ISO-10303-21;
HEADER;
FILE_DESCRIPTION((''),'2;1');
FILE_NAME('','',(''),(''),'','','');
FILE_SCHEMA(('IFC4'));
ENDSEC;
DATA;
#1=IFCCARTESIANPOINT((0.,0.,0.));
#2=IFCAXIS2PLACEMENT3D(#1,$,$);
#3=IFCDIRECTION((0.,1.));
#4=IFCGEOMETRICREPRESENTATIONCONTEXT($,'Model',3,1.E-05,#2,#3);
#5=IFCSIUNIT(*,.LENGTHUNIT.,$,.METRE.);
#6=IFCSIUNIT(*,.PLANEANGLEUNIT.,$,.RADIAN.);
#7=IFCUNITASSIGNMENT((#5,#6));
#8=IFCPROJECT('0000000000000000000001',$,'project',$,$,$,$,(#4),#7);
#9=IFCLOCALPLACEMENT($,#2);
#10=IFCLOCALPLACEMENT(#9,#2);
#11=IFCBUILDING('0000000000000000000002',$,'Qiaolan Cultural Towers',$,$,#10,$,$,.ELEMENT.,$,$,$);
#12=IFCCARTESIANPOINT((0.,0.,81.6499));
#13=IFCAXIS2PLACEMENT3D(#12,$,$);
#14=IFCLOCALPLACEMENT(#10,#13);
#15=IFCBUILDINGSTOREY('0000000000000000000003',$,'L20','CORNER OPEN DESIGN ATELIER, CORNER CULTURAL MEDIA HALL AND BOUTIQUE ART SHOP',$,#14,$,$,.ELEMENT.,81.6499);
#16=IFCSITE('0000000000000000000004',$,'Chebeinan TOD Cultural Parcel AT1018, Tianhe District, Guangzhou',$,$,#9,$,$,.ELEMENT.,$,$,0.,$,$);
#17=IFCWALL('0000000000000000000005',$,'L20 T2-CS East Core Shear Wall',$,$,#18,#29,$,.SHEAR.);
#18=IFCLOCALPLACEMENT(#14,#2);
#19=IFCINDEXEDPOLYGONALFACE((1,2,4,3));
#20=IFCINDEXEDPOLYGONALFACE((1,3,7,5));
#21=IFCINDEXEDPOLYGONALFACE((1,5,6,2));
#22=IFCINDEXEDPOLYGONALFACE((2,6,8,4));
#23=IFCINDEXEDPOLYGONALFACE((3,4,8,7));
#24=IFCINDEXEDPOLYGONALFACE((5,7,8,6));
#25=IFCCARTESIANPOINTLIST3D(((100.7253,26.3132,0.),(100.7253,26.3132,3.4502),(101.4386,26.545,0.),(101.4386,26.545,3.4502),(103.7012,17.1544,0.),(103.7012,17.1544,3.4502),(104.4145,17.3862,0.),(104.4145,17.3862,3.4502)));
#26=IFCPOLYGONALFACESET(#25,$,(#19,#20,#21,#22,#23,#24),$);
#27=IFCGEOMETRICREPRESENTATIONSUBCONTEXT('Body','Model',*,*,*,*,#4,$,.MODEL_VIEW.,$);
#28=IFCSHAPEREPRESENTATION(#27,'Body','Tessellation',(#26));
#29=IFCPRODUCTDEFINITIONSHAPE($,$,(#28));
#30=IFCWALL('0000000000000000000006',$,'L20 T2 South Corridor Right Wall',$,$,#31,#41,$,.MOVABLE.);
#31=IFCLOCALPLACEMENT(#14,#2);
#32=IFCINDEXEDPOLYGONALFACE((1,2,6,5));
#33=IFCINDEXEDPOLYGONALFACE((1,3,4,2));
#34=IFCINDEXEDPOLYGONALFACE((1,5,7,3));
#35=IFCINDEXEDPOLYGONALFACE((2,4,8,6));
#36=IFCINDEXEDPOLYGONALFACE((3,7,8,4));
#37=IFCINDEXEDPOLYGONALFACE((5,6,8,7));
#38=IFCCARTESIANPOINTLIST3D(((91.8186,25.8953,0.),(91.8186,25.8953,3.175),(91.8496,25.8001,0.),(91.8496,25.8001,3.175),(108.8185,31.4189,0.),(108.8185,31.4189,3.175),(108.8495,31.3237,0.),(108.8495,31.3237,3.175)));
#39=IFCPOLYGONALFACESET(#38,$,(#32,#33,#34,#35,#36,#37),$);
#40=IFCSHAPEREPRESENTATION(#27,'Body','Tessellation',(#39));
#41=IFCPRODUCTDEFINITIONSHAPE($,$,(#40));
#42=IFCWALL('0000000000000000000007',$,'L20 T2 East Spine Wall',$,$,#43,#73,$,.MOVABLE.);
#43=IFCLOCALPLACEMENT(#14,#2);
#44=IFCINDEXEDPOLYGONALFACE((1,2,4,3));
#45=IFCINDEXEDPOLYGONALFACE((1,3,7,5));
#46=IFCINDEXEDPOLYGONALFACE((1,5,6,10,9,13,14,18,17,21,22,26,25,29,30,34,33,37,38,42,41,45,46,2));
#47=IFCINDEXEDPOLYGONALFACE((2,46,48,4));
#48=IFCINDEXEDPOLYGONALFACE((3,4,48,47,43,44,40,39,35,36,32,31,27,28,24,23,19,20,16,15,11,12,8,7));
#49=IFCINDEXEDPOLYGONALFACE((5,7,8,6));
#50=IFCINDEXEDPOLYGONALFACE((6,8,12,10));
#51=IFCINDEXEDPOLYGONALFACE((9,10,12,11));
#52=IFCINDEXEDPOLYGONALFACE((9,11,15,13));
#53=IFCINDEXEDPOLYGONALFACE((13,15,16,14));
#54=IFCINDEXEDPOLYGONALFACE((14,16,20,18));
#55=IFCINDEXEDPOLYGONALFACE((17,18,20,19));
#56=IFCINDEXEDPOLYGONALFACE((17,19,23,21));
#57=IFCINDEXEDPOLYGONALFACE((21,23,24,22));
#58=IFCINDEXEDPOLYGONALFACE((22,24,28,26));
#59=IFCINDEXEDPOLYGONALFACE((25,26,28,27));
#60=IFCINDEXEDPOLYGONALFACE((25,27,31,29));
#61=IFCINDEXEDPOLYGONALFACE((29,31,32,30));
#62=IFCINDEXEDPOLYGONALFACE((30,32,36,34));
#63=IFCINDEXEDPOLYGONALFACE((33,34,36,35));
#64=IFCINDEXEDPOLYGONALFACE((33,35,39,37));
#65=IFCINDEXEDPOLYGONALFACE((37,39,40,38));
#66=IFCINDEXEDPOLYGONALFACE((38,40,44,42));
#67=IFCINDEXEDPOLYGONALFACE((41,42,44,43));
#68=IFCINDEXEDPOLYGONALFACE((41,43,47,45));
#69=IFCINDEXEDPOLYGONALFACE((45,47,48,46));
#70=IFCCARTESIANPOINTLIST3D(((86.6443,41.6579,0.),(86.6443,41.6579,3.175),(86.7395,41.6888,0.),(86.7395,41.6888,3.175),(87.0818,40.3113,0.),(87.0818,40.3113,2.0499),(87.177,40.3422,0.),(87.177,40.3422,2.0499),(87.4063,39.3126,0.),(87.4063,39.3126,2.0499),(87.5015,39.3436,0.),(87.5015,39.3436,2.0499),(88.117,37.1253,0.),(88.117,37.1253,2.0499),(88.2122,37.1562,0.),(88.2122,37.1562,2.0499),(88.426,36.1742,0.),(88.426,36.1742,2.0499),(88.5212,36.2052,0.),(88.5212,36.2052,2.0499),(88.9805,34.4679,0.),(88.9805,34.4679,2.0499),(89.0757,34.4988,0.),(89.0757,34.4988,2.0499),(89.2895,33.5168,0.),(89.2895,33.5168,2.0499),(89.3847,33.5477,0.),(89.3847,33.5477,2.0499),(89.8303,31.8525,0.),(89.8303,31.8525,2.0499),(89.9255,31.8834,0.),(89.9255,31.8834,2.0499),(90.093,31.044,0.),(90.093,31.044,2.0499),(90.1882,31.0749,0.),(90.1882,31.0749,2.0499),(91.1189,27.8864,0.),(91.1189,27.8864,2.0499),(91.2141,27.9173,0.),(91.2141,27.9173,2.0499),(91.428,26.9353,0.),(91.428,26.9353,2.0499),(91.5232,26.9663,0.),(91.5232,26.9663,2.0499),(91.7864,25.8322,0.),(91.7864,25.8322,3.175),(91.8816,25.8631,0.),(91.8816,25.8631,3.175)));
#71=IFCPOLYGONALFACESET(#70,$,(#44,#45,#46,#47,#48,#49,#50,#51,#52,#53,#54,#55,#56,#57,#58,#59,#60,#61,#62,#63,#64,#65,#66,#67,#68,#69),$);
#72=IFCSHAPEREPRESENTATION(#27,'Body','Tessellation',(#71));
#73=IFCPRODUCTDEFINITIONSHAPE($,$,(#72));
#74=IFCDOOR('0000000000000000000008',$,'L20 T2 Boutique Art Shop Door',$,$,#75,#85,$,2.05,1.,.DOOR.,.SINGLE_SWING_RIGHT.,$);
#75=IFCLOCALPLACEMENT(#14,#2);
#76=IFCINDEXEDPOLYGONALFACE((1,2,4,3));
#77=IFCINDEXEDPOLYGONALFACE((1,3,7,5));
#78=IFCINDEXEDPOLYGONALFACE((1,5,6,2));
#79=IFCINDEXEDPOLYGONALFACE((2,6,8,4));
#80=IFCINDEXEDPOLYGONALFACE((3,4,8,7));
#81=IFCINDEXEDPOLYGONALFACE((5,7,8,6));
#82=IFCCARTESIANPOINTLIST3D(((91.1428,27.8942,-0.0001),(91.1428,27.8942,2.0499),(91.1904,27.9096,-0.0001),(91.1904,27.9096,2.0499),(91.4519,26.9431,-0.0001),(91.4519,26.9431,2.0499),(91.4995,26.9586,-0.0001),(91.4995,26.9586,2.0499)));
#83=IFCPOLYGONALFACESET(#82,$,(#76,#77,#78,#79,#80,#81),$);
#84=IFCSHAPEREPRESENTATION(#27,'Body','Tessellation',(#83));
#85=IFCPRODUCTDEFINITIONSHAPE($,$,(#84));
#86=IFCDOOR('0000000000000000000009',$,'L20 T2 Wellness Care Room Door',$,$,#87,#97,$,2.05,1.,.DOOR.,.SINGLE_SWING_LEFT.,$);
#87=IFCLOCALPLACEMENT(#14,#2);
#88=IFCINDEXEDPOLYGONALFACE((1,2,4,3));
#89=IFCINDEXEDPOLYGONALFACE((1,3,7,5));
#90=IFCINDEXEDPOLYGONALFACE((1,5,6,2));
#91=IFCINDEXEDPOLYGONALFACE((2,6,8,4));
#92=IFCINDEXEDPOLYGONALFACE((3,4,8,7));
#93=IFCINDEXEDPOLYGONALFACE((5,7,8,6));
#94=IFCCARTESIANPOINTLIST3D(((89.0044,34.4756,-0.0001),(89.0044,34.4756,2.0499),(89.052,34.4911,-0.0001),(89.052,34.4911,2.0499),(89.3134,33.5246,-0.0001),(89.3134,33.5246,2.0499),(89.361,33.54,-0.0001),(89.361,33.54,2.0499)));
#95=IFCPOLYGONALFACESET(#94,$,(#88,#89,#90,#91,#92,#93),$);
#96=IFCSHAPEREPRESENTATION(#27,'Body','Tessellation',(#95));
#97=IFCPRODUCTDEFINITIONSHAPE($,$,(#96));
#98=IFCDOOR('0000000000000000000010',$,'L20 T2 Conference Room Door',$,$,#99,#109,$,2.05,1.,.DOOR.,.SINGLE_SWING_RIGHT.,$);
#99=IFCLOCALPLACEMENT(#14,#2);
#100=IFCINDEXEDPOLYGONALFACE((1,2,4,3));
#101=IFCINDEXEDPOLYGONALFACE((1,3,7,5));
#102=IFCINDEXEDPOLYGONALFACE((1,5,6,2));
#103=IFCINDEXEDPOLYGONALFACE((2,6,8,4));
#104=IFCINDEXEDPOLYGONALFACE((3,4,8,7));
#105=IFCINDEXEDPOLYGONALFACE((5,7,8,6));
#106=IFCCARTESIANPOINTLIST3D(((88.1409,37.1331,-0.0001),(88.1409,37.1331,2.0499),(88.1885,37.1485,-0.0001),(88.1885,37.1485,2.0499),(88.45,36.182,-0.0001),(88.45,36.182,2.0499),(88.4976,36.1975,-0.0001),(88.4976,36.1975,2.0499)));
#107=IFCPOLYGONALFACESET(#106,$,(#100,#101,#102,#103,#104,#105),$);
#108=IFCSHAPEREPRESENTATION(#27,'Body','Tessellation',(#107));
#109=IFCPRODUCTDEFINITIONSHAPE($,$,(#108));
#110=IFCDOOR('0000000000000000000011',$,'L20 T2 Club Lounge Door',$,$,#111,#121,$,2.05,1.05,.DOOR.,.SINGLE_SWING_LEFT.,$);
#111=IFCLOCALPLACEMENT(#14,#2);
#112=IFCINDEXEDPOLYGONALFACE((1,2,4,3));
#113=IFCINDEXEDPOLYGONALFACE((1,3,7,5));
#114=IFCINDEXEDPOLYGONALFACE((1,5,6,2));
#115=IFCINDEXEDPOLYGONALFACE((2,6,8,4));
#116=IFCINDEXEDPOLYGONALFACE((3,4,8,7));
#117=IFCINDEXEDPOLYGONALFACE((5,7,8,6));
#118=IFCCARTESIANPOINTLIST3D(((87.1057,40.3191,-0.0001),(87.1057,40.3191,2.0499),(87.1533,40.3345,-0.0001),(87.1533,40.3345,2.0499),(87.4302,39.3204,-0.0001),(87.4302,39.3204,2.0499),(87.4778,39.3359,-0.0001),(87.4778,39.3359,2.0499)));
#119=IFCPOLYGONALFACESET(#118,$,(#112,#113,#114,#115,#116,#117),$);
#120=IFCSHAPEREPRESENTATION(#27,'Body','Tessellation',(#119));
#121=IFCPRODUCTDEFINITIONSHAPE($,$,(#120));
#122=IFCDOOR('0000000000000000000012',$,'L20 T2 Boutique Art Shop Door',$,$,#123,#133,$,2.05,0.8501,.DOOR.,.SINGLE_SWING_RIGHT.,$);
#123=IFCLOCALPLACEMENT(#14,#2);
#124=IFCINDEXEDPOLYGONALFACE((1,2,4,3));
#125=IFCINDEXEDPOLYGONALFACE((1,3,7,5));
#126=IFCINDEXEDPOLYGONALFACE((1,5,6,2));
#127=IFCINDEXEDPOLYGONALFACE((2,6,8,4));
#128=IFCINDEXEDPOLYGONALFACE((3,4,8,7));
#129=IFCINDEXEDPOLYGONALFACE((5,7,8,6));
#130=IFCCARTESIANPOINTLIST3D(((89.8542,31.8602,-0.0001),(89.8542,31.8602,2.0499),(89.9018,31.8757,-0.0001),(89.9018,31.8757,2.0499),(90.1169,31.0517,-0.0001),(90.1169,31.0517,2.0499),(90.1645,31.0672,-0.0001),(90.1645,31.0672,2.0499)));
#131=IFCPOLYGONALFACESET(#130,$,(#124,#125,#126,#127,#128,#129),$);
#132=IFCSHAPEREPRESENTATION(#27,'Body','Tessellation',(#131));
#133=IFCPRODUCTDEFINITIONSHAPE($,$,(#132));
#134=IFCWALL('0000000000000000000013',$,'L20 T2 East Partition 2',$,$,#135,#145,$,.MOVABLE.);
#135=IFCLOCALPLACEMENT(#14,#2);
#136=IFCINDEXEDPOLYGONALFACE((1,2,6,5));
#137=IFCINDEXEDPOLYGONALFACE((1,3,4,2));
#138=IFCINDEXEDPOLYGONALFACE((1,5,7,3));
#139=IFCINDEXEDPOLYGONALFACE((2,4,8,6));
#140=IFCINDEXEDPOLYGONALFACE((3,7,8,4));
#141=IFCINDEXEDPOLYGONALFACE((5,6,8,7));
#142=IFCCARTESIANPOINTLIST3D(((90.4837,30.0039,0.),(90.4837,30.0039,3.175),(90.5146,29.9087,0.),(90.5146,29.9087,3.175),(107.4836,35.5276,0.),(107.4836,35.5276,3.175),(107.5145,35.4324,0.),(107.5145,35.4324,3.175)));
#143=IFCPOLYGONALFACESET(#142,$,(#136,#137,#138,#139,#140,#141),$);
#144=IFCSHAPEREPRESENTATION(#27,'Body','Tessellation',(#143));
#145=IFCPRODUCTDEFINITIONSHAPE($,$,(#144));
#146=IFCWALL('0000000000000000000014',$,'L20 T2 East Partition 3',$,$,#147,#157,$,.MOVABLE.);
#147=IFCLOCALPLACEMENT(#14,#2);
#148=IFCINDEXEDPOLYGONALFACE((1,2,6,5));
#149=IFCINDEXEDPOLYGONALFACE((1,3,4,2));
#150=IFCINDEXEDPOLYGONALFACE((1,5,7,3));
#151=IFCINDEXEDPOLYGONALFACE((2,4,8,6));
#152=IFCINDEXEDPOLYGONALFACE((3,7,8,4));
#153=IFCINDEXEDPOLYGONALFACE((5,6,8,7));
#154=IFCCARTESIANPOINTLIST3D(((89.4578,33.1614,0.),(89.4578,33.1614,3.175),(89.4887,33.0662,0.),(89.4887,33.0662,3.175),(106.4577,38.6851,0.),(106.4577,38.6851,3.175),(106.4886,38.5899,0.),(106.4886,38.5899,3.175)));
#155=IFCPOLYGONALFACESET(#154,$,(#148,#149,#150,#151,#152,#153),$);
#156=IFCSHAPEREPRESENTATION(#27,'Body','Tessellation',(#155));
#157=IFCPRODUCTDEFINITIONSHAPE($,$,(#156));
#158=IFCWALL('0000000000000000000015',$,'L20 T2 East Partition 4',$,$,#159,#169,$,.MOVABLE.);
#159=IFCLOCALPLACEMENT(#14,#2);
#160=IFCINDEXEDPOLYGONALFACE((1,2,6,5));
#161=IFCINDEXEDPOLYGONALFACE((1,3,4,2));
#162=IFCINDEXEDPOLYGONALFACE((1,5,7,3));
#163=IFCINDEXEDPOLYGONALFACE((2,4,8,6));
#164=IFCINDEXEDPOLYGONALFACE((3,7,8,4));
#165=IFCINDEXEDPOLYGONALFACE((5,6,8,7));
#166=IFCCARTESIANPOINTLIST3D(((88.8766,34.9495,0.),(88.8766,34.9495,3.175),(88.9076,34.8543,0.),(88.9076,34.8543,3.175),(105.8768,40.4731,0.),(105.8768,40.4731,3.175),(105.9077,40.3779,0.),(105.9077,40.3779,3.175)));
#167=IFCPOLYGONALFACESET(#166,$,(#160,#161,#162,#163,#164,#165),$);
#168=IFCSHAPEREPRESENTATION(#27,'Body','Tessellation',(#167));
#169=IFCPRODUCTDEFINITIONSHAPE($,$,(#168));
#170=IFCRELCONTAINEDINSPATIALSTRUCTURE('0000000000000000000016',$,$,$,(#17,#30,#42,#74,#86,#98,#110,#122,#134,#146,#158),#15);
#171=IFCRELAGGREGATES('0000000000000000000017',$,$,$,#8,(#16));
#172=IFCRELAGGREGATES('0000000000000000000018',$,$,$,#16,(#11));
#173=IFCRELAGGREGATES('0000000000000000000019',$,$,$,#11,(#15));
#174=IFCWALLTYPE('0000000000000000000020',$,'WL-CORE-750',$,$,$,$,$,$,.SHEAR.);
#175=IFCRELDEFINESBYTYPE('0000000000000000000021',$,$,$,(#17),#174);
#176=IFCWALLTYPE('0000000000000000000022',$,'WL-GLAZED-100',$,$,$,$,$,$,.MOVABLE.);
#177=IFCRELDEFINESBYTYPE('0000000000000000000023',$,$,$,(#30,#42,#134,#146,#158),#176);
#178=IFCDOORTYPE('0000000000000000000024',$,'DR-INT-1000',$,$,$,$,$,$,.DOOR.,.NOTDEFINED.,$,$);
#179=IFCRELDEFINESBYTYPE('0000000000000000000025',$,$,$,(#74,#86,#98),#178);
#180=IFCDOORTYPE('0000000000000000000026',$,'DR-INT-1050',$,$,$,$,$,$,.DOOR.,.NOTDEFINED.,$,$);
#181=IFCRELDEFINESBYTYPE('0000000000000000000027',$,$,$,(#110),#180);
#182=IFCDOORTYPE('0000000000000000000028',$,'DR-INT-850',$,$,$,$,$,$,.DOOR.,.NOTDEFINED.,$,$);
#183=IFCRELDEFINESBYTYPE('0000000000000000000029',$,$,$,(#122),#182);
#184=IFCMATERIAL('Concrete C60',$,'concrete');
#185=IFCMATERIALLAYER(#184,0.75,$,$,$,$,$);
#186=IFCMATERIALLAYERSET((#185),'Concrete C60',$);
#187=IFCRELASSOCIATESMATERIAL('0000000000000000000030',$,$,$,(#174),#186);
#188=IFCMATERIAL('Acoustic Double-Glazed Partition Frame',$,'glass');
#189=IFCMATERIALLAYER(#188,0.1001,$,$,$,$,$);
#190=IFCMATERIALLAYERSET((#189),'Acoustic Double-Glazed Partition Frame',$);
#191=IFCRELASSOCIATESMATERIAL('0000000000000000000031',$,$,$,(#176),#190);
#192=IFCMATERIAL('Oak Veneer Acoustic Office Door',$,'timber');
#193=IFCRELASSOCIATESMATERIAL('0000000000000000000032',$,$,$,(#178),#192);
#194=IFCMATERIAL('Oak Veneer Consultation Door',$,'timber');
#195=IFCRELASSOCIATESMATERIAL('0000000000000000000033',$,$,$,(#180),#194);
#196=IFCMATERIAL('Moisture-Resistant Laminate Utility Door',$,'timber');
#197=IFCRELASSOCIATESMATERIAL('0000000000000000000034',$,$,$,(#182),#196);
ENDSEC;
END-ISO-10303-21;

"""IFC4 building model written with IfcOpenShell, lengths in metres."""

from ifc_helpers import new_model, si_unit, direction, frame, frame_2d, origin, place, context, subcontext, project, spatial, rectangle, extrude, material, layer, layer_set, type_object, element, fill, save


model = new_model("IFC4")

# Units and contexts
model_context = context("Model", 3, precision=1e-05, world=origin(), true_north=direction((0.0, 1.0)))
body_context = subcontext(model_context, "Body", "Model", "MODEL_VIEW")
ifc_project = project(units=[si_unit("LENGTHUNIT", "METRE"), si_unit("PLANEANGLEUNIT", "RADIAN")], contexts=[model_context])

# Site, building, storey
site_placement = place(None, origin())
site = spatial("IfcSite", under=ifc_project, at=site_placement, Name="Chebeinan TOD Cultural Parcel AT1018, Tianhe District, Guangzhou", CompositionType="ELEMENT", RefElevation=0.0)
building_placement = place(site_placement, origin())
building = spatial("IfcBuilding", under=site, at=building_placement, Name="Qiaolan Cultural Towers", CompositionType="ELEMENT")
storey_placement = place(building_placement, frame((0.0, 0.0, 81.6499)))
storey = spatial("IfcBuildingStorey", under=building, at=storey_placement, Name="L20", Description="CORNER OPEN DESIGN ATELIER, CORNER CULTURAL MEDIA HALL AND BOUTIQUE ART SHOP", CompositionType="ELEMENT", Elevation=81.6499)

# Walls
ifc_material_1 = material(Name="Concrete C60", Category="concrete")
ifc_layer_1 = layer(ifc_material_1, 0.75)
ifc_layer_set_1 = layer_set([ifc_layer_1], Name="Concrete C60")
wall_type_1 = type_object("IfcWallType", Name="WL-CORE-750", PredefinedType="SHEAR", material=ifc_layer_set_1)
wall_1_placement = place(storey_placement, frame((101.082, 26.429, 0.0), z_axis=(0.0, 0.0, 1.0), x_axis=(0.309016, -0.951057, 0.0)))
element("IfcWall", 1, at=wall_1_placement, inside=storey, type_object=wall_type_1, Name="L20 T2-CS East Core Shear Wall", PredefinedType="SHEAR", context=body_context, shape_type="SweptSolid", body=[
    extrude(rectangle(XDim=9.6301, YDim=0.75, at=frame_2d((4.8149, 0.0))), origin(), (0.0, 0.0, 1.0), 3.4502),
])
ifc_material_2 = material(Name="Acoustic Double-Glazed Partition Frame", Category="glass")
ifc_layer_2 = layer(ifc_material_2, 0.1001)
ifc_layer_set_2 = layer_set([ifc_layer_2], Name="Acoustic Double-Glazed Partition Frame")
wall_type_2 = type_object("IfcWallType", Name="WL-GLAZED-100", PredefinedType="MOVABLE", material=ifc_layer_set_2)
wall_2_placement = place(storey_placement, frame((91.834, 25.8477, 0.0), z_axis=(0.0, 0.0, 1.0), x_axis=(0.951056, 0.309019, 0.0)))
element("IfcWall", 2, at=wall_2_placement, inside=storey, type_object=wall_type_2, Name="L20 T2 South Corridor Right Wall", PredefinedType="MOVABLE", context=body_context, shape_type="SweptSolid", body=[
    extrude(rectangle(XDim=17.8748, YDim=0.1001, at=frame_2d((8.9375, 0.0))), origin(), (0.0, 0.0, 1.0), 3.175),
])

# Wall, openings, doors
wall_3_placement = place(storey_placement, frame((91.834, 25.8477, 0.0), z_axis=(0.0, 0.0, 1.0), x_axis=(-0.309018, 0.951056, 0.0)))
wall_3 = element("IfcWall", 3, at=wall_3_placement, inside=storey, type_object=wall_type_2, Name="L20 T2 East Spine Wall", PredefinedType="MOVABLE", context=body_context, shape_type="SweptSolid", body=[
    extrude(rectangle(XDim=16.6401, YDim=0.1001, at=frame_2d((8.3201, 0.0))), origin(), (0.0, 0.0, 1.0), 3.175),
])
opening_1_placement = place(wall_3_placement, frame((1.1599, 0.0, 0.0)))
opening_1 = element("IfcOpeningElement", 4, at=opening_1_placement, cuts=wall_3, PredefinedType="OPENING", context=body_context, shape_type="SweptSolid", body=[
    extrude(rectangle(XDim=1.0, YDim=2.05, at=frame_2d((0.5, 1.0249))), frame((0.0, 0.0601, 0.0), z_axis=(0.0, -1.0, 0.0), x_axis=(1.0, 0.0, 0.0)), (0.0, 0.0, 1.0), 0.1201),
])
opening_2_placement = place(wall_3_placement, frame((5.48, 0.0, 0.0)))
opening_2 = element("IfcOpeningElement", 5, at=opening_2_placement, cuts=wall_3, PredefinedType="OPENING", context=body_context, shape_type="SweptSolid", body=[
    extrude(rectangle(XDim=0.8501, YDim=2.05, at=frame_2d((0.425, 1.0249))), frame((0.0, 0.0601, 0.0), z_axis=(0.0, -1.0, 0.0), x_axis=(1.0, 0.0, 0.0)), (0.0, 0.0, 1.0), 0.1201),
])
opening_3_placement = place(wall_3_placement, frame((8.0801, 0.0, 0.0)))
opening_3 = element("IfcOpeningElement", 6, at=opening_3_placement, cuts=wall_3, PredefinedType="OPENING", context=body_context, shape_type="SweptSolid", body=[
    extrude(rectangle(XDim=1.0, YDim=2.05, at=frame_2d((0.5, 1.0249))), frame((0.0, 0.0601, 0.0), z_axis=(0.0, -1.0, 0.0), x_axis=(1.0, 0.0, 0.0)), (0.0, 0.0, 1.0), 0.1201),
])
opening_4_placement = place(wall_3_placement, frame((10.8743, 0.0, 0.0)))
opening_4 = element("IfcOpeningElement", 7, at=opening_4_placement, cuts=wall_3, PredefinedType="OPENING", context=body_context, shape_type="SweptSolid", body=[
    extrude(rectangle(XDim=1.0, YDim=2.05, at=frame_2d((0.5, 1.0249))), frame((0.0, 0.0601, 0.0), z_axis=(0.0, -1.0, 0.0), x_axis=(1.0, 0.0, 0.0)), (0.0, 0.0, 1.0), 0.1201),
])
opening_5_placement = place(wall_3_placement, frame((14.1743, 0.0, 0.0)))
opening_5 = element("IfcOpeningElement", 8, at=opening_5_placement, cuts=wall_3, PredefinedType="OPENING", context=body_context, shape_type="SweptSolid", body=[
    extrude(rectangle(XDim=1.05, YDim=2.05, at=frame_2d((0.5249, 1.0249))), frame((0.0, 0.0601, 0.0), z_axis=(0.0, -1.0, 0.0), x_axis=(1.0, 0.0, 0.0)), (0.0, 0.0, 1.0), 0.1201),
])
ifc_material_3 = material(Name="Oak Veneer Acoustic Office Door", Category="timber")
door_type_1 = type_object("IfcDoorType", Name="DR-INT-1000", OperationType="NOTDEFINED", PredefinedType="DOOR", material=ifc_material_3)
door_1_placement = place(opening_1_placement, origin())
door_1 = element("IfcDoor", 9, at=door_1_placement, inside=storey, type_object=door_type_1, Name="L20 T2 Boutique Art Shop Door", OperationType="SINGLE_SWING_RIGHT", OverallHeight=2.05, OverallWidth=1.0, PredefinedType="DOOR", context=body_context, shape_type="SweptSolid", body=[
    extrude(rectangle(XDim=1.0, YDim=2.05, at=frame_2d((0.5, 1.0249))), frame((0.0, 0.0249, 0.0), z_axis=(0.0, -1.0, 0.0), x_axis=(1.0, 0.0, 0.0)), (0.0, 0.0, 1.0), 0.05),
])
fill(opening_1, door_1)
door_2_placement = place(opening_3_placement, origin())
door_2 = element("IfcDoor", 10, at=door_2_placement, inside=storey, type_object=door_type_1, Name="L20 T2 Wellness Care Room Door", OperationType="SINGLE_SWING_LEFT", OverallHeight=2.05, OverallWidth=1.0, PredefinedType="DOOR", context=body_context, shape_type="SweptSolid", body=[
    extrude(rectangle(XDim=1.0, YDim=2.05, at=frame_2d((0.5, 1.0249))), frame((0.0, 0.0249, 0.0), z_axis=(0.0, -1.0, 0.0), x_axis=(1.0, 0.0, 0.0)), (0.0, 0.0, 1.0), 0.05),
])
fill(opening_3, door_2)
door_3_placement = place(opening_4_placement, origin())
door_3 = element("IfcDoor", 11, at=door_3_placement, inside=storey, type_object=door_type_1, Name="L20 T2 Conference Room Door", OperationType="SINGLE_SWING_RIGHT", OverallHeight=2.05, OverallWidth=1.0, PredefinedType="DOOR", context=body_context, shape_type="SweptSolid", body=[
    extrude(rectangle(XDim=1.0, YDim=2.05, at=frame_2d((0.5, 1.0249))), frame((0.0, 0.0249, 0.0), z_axis=(0.0, -1.0, 0.0), x_axis=(1.0, 0.0, 0.0)), (0.0, 0.0, 1.0), 0.05),
])
fill(opening_4, door_3)
ifc_material_4 = material(Name="Oak Veneer Consultation Door", Category="timber")
door_type_2 = type_object("IfcDoorType", Name="DR-INT-1050", OperationType="NOTDEFINED", PredefinedType="DOOR", material=ifc_material_4)
door_4_placement = place(opening_5_placement, origin())
door_4 = element("IfcDoor", 12, at=door_4_placement, inside=storey, type_object=door_type_2, Name="L20 T2 Club Lounge Door", OperationType="SINGLE_SWING_LEFT", OverallHeight=2.05, OverallWidth=1.05, PredefinedType="DOOR", context=body_context, shape_type="SweptSolid", body=[
    extrude(rectangle(XDim=1.05, YDim=2.05, at=frame_2d((0.5249, 1.0249))), frame((0.0, 0.0249, 0.0), z_axis=(0.0, -1.0, 0.0), x_axis=(1.0, 0.0, 0.0)), (0.0, 0.0, 1.0), 0.05),
])
fill(opening_5, door_4)
ifc_material_5 = material(Name="Moisture-Resistant Laminate Utility Door", Category="timber")
door_type_3 = type_object("IfcDoorType", Name="DR-INT-850", OperationType="NOTDEFINED", PredefinedType="DOOR", material=ifc_material_5)
door_5_placement = place(opening_2_placement, origin())
door_5 = element("IfcDoor", 13, at=door_5_placement, inside=storey, type_object=door_type_3, Name="L20 T2 Boutique Art Shop Door", OperationType="SINGLE_SWING_RIGHT", OverallHeight=2.05, OverallWidth=0.8501, PredefinedType="DOOR", context=body_context, shape_type="SweptSolid", body=[
    extrude(rectangle(XDim=0.8501, YDim=2.05, at=frame_2d((0.425, 1.0249))), frame((0.0, 0.0249, 0.0), z_axis=(0.0, -1.0, 0.0), x_axis=(1.0, 0.0, 0.0)), (0.0, 0.0, 1.0), 0.05),
])
fill(opening_2, door_5)

# Walls
for number, where, z_axis, x_axis, name in (
    (14, (90.499, 29.9563, 0.0), (0.0, 0.0, 1.0), (0.951056, 0.309019, 0.0), "L20 T2 East Partition 2"),
    (15, (89.4731, 33.1138, 0.0), (0.0, 0.0, 1.0), (0.951056, 0.309019, 0.0), "L20 T2 East Partition 3"),
):
    element("IfcWall", number, at=place(storey_placement, frame(where, z_axis=z_axis, x_axis=x_axis)), inside=storey, type_object=wall_type_2, Name=name, PredefinedType="MOVABLE", context=body_context, shape_type="SweptSolid", body=[
        extrude(rectangle(XDim=17.8748, YDim=0.1001, at=frame_2d((8.9375, 0.0))), origin(), (0.0, 0.0, 1.0), 3.175),
    ])
wall_4_placement = place(storey_placement, frame((88.8921, 34.9019, 0.0), z_axis=(0.0, 0.0, 1.0), x_axis=(0.951057, 0.309015, 0.0)))
element("IfcWall", 16, at=wall_4_placement, inside=storey, type_object=wall_type_2, Name="L20 T2 East Partition 4", PredefinedType="MOVABLE", context=body_context, shape_type="SweptSolid", body=[
    extrude(rectangle(XDim=17.875, YDim=0.1001, at=frame_2d((8.9375, 0.0))), origin(), (0.0, 0.0, 1.0), 3.175),
])

save(model, "model.ifc")
